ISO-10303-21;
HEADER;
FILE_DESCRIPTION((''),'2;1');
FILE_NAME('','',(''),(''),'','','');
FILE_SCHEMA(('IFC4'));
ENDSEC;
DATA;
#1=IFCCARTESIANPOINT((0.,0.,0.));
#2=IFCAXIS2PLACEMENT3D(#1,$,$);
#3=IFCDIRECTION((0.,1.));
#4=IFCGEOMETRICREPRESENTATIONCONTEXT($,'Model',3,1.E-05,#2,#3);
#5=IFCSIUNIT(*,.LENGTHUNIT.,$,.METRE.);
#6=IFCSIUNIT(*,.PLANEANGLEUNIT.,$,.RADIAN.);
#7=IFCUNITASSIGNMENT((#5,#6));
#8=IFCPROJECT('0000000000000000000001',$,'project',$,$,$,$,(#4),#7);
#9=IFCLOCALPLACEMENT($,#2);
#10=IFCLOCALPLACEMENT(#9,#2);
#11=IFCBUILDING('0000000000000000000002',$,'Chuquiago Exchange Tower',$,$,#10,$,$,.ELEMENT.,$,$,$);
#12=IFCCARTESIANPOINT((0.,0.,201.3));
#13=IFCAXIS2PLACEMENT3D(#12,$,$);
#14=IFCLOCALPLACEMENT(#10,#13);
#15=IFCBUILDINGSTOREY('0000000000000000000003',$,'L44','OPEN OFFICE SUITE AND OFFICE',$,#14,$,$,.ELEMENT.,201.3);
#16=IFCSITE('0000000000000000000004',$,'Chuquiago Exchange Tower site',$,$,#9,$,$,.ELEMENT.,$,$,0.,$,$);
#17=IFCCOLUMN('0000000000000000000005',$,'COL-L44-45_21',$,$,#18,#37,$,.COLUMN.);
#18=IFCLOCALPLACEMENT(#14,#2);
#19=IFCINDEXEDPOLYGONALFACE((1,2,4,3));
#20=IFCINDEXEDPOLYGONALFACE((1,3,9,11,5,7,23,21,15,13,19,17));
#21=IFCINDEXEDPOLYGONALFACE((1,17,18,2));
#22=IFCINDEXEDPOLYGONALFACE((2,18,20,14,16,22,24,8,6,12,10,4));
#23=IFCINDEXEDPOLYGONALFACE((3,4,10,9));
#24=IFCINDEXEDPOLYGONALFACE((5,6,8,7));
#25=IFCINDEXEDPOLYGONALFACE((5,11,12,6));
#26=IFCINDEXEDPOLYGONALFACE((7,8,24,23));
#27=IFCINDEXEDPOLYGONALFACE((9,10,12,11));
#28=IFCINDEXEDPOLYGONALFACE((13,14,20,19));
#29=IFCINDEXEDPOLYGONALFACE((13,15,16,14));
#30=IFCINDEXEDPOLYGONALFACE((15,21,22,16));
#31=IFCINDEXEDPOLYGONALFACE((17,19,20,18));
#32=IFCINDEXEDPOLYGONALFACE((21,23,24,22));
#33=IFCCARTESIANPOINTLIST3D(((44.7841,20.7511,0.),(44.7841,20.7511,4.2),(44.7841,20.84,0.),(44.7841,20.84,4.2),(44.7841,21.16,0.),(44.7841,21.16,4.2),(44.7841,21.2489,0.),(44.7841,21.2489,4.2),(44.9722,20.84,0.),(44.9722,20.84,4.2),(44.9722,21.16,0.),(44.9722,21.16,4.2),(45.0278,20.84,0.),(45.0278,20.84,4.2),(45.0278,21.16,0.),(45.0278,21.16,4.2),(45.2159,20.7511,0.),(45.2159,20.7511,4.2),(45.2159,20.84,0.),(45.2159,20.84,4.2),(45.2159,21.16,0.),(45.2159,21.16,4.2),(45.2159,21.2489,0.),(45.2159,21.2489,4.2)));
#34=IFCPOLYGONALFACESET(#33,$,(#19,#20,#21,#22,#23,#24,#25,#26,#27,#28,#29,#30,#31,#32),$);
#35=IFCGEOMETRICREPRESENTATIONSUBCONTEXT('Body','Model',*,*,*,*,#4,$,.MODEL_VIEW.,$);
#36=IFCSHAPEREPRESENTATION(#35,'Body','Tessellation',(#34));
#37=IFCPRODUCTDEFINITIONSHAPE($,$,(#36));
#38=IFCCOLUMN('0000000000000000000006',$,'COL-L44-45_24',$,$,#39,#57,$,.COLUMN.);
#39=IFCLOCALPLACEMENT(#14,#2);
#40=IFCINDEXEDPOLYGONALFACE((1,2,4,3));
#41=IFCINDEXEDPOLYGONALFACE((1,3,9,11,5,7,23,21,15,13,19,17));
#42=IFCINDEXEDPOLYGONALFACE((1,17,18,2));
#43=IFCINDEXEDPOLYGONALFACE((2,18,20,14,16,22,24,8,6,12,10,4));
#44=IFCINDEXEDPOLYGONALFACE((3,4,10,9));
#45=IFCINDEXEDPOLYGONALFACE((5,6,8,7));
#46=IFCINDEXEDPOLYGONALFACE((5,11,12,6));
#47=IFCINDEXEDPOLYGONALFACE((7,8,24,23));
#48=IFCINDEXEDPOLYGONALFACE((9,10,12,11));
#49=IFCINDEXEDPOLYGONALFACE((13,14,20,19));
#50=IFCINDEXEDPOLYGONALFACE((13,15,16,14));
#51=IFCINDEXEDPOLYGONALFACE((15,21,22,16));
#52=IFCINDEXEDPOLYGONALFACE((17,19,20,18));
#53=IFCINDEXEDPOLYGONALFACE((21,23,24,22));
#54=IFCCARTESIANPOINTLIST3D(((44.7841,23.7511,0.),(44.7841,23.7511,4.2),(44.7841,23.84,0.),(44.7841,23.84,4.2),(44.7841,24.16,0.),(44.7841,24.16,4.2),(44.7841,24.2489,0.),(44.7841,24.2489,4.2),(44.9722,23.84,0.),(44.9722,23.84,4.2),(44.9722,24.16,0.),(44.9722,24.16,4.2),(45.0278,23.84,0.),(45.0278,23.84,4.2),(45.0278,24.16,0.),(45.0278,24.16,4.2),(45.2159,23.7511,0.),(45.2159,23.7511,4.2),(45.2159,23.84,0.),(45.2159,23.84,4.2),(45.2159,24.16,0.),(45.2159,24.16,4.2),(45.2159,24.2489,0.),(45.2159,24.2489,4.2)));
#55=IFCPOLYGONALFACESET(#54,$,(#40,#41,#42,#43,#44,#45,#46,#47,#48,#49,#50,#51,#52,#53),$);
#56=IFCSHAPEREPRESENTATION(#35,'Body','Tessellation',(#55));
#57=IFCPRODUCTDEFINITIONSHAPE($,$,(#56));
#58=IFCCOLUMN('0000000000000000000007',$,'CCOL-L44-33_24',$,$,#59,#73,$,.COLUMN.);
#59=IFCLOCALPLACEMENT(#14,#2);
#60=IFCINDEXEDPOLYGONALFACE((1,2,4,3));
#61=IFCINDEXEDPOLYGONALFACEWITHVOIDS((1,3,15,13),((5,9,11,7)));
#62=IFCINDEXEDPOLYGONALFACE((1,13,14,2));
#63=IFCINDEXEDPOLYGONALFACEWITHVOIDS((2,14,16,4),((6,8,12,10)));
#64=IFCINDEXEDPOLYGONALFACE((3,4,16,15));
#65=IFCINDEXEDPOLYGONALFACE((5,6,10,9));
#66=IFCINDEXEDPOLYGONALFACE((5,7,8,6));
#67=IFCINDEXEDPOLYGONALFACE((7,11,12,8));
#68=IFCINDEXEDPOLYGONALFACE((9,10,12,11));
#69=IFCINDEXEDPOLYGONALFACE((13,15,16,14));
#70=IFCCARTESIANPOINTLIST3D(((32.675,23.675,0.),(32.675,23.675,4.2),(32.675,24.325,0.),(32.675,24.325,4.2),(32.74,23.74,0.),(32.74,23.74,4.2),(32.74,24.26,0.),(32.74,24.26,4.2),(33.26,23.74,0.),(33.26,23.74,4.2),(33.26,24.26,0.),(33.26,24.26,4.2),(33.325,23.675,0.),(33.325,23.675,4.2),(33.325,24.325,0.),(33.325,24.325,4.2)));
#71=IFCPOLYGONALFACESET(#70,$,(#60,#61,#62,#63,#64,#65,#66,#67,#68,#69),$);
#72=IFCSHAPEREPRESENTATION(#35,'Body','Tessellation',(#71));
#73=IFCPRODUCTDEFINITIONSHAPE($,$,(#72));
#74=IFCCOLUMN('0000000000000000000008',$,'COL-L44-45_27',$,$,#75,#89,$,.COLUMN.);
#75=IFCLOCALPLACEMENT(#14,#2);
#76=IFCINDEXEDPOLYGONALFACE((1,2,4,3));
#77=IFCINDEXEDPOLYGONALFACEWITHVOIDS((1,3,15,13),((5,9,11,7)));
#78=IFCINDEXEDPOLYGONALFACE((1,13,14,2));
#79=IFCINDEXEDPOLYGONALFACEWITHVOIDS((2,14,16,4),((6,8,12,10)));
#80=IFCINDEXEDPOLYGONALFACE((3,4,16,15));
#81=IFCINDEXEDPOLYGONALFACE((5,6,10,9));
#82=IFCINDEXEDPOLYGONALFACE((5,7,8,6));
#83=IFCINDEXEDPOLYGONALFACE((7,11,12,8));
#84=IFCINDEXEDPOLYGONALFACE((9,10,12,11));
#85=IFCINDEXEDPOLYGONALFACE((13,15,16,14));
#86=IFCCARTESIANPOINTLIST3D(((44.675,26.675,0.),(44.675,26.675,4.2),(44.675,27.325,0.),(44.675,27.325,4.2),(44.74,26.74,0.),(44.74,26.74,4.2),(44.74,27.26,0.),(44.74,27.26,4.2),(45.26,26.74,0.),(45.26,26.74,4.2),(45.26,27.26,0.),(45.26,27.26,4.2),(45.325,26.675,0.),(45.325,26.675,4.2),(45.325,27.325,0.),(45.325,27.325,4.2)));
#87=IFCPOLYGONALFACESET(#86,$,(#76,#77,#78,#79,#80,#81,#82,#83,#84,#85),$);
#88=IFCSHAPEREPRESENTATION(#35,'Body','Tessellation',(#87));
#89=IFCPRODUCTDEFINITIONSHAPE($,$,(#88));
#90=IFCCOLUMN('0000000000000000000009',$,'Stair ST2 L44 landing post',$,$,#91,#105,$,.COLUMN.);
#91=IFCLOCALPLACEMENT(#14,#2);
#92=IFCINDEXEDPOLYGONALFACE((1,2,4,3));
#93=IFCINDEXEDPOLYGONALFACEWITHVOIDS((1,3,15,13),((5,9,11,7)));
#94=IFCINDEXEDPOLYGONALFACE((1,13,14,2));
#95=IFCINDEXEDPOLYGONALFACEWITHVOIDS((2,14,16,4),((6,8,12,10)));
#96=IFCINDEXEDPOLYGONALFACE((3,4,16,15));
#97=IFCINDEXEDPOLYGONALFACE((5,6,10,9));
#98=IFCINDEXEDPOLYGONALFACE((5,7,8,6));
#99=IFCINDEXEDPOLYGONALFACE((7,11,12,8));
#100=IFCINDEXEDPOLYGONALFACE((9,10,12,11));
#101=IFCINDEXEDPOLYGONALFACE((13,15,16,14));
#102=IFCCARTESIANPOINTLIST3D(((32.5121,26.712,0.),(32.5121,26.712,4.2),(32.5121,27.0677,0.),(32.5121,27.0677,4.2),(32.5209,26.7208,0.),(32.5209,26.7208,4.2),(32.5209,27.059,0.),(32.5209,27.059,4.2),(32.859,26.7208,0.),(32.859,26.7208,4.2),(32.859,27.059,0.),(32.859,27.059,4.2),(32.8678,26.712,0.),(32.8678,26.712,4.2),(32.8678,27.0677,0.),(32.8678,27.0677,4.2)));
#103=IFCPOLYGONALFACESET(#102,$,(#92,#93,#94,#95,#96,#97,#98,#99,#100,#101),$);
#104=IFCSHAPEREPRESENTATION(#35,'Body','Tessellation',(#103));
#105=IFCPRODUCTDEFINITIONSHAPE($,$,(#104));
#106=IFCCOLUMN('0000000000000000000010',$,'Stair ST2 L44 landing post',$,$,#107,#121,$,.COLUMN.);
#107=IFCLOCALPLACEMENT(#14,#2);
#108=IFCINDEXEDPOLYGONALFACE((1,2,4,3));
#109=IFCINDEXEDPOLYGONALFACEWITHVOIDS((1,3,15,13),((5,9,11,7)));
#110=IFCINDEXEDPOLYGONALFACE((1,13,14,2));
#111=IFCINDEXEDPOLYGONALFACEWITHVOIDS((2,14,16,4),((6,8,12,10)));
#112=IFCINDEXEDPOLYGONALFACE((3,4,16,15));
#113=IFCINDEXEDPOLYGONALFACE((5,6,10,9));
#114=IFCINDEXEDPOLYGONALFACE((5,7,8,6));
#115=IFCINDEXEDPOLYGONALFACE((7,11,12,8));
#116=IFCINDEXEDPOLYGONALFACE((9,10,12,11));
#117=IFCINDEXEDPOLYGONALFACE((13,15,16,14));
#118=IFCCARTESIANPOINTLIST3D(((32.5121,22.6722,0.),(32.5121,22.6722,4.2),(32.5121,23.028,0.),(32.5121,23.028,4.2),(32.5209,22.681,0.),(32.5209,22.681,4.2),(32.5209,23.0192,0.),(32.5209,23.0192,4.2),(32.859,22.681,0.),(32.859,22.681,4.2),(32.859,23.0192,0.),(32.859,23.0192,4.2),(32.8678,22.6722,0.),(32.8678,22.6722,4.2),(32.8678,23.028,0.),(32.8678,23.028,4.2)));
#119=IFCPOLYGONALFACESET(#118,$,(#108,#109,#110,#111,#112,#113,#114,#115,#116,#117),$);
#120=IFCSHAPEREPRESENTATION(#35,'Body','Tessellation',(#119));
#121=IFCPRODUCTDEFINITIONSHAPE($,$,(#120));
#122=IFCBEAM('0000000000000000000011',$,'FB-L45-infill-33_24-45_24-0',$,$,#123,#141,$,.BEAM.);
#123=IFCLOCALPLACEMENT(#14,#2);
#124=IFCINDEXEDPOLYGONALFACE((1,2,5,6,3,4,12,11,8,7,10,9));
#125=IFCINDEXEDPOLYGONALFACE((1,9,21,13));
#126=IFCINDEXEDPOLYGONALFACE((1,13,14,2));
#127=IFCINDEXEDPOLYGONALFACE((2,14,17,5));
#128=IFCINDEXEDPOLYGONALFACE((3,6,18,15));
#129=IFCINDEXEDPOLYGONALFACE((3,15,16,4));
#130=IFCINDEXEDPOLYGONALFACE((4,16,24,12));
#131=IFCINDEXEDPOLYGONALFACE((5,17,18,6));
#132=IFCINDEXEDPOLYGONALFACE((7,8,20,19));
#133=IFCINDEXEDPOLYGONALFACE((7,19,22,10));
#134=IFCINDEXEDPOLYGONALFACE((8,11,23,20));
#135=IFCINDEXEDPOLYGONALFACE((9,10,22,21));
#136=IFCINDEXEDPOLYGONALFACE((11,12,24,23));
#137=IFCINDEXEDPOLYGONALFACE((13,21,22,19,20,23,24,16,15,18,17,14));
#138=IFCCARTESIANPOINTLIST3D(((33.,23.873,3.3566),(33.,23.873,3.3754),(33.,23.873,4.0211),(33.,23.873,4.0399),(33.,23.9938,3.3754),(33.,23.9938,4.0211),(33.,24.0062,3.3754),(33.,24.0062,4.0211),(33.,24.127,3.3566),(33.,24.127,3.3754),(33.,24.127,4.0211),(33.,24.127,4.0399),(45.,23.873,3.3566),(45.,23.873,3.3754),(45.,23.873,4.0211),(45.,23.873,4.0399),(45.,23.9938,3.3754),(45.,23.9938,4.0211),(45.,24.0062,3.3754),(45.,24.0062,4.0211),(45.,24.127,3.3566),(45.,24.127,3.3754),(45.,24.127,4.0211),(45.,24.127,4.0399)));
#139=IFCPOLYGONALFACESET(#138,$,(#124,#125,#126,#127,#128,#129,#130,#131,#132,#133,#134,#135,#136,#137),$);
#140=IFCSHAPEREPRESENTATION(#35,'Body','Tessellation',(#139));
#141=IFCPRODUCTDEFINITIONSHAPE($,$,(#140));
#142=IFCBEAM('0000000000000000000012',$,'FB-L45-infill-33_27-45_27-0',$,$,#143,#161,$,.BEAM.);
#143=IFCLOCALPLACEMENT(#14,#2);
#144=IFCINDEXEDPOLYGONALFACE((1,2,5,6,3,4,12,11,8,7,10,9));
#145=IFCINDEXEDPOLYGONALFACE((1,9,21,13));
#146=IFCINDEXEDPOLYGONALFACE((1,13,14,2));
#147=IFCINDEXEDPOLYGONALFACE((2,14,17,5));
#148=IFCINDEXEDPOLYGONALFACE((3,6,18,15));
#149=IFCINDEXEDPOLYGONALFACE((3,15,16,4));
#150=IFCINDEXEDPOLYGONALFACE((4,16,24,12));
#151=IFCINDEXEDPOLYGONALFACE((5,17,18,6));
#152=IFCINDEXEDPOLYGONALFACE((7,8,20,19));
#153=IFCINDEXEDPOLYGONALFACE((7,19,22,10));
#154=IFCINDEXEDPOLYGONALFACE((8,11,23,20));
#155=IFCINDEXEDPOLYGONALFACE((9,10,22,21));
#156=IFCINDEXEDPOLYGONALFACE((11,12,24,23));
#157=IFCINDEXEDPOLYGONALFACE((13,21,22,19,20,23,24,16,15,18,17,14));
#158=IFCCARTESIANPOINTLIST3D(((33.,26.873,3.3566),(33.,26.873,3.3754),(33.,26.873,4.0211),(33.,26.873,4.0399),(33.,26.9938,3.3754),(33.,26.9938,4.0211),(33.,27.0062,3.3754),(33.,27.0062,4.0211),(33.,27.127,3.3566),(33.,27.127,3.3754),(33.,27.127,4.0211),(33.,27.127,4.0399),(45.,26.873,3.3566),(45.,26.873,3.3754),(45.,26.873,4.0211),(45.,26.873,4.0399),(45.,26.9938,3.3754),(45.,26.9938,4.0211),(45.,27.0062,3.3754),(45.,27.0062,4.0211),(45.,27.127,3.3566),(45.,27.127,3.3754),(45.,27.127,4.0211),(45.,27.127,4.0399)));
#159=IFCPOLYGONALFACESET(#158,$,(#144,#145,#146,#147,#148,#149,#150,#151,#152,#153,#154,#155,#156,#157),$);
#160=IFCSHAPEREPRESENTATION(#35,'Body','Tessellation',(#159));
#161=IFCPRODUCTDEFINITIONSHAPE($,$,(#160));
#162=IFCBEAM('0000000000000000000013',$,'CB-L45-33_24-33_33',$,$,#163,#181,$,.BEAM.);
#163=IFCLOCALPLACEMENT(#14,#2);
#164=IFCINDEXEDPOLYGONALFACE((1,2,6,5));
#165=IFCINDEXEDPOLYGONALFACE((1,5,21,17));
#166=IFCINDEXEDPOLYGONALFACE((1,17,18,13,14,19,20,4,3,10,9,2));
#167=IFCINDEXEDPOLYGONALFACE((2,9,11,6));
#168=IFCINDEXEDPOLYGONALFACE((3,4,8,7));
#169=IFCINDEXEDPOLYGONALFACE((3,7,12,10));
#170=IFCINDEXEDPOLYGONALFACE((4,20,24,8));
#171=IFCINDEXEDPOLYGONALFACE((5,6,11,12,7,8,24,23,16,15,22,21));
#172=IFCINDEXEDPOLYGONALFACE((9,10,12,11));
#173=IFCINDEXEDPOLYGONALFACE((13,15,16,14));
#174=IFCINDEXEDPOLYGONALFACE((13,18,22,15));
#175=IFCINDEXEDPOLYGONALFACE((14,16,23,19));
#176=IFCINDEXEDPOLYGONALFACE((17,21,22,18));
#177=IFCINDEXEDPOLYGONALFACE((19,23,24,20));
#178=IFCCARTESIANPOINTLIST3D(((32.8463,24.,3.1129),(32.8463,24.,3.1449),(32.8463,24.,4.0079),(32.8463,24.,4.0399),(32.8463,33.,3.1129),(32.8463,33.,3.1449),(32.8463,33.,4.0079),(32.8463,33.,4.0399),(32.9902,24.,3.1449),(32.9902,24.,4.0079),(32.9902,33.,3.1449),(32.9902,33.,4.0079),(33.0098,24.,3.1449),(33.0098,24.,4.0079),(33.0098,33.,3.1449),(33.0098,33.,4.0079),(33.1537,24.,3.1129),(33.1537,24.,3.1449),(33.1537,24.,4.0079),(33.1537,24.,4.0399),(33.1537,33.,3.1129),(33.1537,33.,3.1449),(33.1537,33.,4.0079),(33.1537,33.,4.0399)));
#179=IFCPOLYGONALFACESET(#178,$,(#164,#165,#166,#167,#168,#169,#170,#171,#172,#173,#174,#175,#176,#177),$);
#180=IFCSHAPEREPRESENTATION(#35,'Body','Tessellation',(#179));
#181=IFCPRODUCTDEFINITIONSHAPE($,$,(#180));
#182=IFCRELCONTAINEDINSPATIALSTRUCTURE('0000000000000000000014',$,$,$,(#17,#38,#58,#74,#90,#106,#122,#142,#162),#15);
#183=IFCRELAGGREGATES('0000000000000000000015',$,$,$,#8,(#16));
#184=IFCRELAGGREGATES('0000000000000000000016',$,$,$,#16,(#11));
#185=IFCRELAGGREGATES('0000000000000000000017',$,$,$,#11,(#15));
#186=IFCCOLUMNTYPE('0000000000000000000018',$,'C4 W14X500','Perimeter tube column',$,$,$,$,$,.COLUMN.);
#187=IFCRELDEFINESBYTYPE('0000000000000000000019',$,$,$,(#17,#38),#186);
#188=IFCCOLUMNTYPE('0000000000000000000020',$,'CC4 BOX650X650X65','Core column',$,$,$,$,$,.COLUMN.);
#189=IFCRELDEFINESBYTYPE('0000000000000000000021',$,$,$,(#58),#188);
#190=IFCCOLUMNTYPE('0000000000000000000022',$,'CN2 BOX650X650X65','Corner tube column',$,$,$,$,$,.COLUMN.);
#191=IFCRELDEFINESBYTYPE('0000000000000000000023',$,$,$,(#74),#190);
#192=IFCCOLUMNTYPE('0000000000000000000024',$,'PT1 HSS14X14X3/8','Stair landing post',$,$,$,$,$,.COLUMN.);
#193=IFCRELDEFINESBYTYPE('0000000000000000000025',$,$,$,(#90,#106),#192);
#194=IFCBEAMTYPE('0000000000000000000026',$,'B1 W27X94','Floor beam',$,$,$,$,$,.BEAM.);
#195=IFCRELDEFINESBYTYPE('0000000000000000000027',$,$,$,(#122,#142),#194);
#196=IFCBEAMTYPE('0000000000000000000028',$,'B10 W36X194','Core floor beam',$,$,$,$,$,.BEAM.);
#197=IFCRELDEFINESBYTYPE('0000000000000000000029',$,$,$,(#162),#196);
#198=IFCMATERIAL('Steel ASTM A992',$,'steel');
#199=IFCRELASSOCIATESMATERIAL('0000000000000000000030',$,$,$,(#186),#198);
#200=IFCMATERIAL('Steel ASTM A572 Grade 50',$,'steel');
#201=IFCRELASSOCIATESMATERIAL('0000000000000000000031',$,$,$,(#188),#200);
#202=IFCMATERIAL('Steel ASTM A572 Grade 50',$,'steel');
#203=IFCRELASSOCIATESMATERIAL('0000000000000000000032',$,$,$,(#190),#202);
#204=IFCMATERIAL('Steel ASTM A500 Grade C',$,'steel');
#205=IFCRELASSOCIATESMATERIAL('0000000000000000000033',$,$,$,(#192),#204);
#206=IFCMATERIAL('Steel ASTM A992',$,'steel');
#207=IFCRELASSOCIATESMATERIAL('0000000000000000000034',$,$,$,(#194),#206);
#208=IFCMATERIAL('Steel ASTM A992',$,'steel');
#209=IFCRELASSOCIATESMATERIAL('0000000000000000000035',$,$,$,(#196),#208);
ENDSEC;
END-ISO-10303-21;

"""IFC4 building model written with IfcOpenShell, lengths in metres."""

from ifc_helpers import new_model, si_unit, direction, frame, origin, origin_2d, place, context, subcontext, project, spatial, hollow_rectangle, i_section, extrude, material, material_profile, profile_set, type_object, element, save


model = new_model("IFC4")

# Units and contexts
model_context = context("Model", 3, precision=1e-05, world=origin(), true_north=direction((0.0, 1.0)))
body_context = subcontext(model_context, "Body", "Model", "MODEL_VIEW")
ifc_project = project(units=[si_unit("LENGTHUNIT", "METRE"), si_unit("PLANEANGLEUNIT", "RADIAN")], contexts=[model_context])

# Site, building, storey
site_placement = place(None, origin())
site = spatial("IfcSite", under=ifc_project, at=site_placement, Name="Chuquiago Exchange Tower site", CompositionType="ELEMENT", RefElevation=0.0)
building_placement = place(site_placement, origin())
building = spatial("IfcBuilding", under=site, at=building_placement, Name="Chuquiago Exchange Tower", CompositionType="ELEMENT")
storey_placement = place(building_placement, frame((0.0, 0.0, 201.3)))
storey = spatial("IfcBuildingStorey", under=building, at=storey_placement, Name="L44", Description="OPEN OFFICE SUITE AND OFFICE", CompositionType="ELEMENT", Elevation=201.3)

# Columns
ifc_material_1 = material(Name="Steel ASTM A992", Category="steel")
ifc_material_profile_1 = material_profile(ifc_material_1, i_section(OverallWidth=0.4319, OverallDepth=0.4978, WebThickness=0.0557, FlangeThickness=0.0889, at=origin_2d()), Name="W14X500")
ifc_profile_set_1 = profile_set([ifc_material_profile_1], Name="Steel ASTM A992")
column_type_1 = type_object("IfcColumnType", Name="C4 W14X500", Description="Perimeter tube column", PredefinedType="COLUMN", material=ifc_profile_set_1)
for number, where, z_axis, x_axis, name in (
    (1, (45.0, 21.0, 0.0), (0.0, 0.0, 1.0), (1.0, 0.0, 0.0), "COL-L44-45_21"),
    (2, (45.0, 24.0, 0.0), (0.0, 0.0, 1.0), (1.0, 0.0, 0.0), "COL-L44-45_24"),
):
    element("IfcColumn", number, at=place(storey_placement, frame(where, z_axis=z_axis, x_axis=x_axis)), inside=storey, type_object=column_type_1, Name=name, PredefinedType="COLUMN", context=body_context, shape_type="SweptSolid", body=[
        extrude(i_section(OverallWidth=0.4319, OverallDepth=0.4978, WebThickness=0.0557, FlangeThickness=0.0889, at=origin_2d()), origin(), (0.0, 0.0, 1.0), 4.2),
    ])
ifc_material_2 = material(Name="Steel ASTM A572 Grade 50", Category="steel")
ifc_material_profile_2 = material_profile(ifc_material_2, hollow_rectangle(XDim=0.6499, YDim=0.6499, WallThickness=0.0649, at=origin_2d()), Name="BOX650X650X65")
ifc_profile_set_2 = profile_set([ifc_material_profile_2], Name="Steel ASTM A572 Grade 50")
column_type_2 = type_object("IfcColumnType", Name="CC4 BOX650X650X65", Description="Core column", PredefinedType="COLUMN", material=ifc_profile_set_2)
column_1_placement = place(storey_placement, frame((33.0, 24.0, 0.0), z_axis=(0.0, 0.0, 1.0), x_axis=(1.0, 0.0, 0.0)))
element("IfcColumn", 3, at=column_1_placement, inside=storey, type_object=column_type_2, Name="CCOL-L44-33_24", PredefinedType="COLUMN", context=body_context, shape_type="SweptSolid", body=[
    extrude(hollow_rectangle(XDim=0.6499, YDim=0.6499, WallThickness=0.0649, at=origin_2d()), origin(), (0.0, 0.0, 1.0), 4.2),
])
ifc_material_3 = material(Name="Steel ASTM A572 Grade 50", Category="steel")
ifc_material_profile_3 = material_profile(ifc_material_3, hollow_rectangle(XDim=0.6499, YDim=0.6499, WallThickness=0.0649, at=origin_2d()), Name="BOX650X650X65")
ifc_profile_set_3 = profile_set([ifc_material_profile_3], Name="Steel ASTM A572 Grade 50")
column_type_3 = type_object("IfcColumnType", Name="CN2 BOX650X650X65", Description="Corner tube column", PredefinedType="COLUMN", material=ifc_profile_set_3)
column_2_placement = place(storey_placement, frame((45.0, 27.0, 0.0), z_axis=(0.0, 0.0, 1.0), x_axis=(1.0, 0.0, 0.0)))
element("IfcColumn", 4, at=column_2_placement, inside=storey, type_object=column_type_3, Name="COL-L44-45_27", PredefinedType="COLUMN", context=body_context, shape_type="SweptSolid", body=[
    extrude(hollow_rectangle(XDim=0.6499, YDim=0.6499, WallThickness=0.0649, at=origin_2d()), origin(), (0.0, 0.0, 1.0), 4.2),
])
ifc_material_4 = material(Name="Steel ASTM A500 Grade C", Category="steel")
ifc_material_profile_4 = material_profile(ifc_material_4, hollow_rectangle(XDim=0.3557, YDim=0.3557, WallThickness=0.0088, at=origin_2d()), Name="HSS14X14X3/8")
ifc_profile_set_4 = profile_set([ifc_material_profile_4], Name="Steel ASTM A500 Grade C")
column_type_4 = type_object("IfcColumnType", Name="PT1 HSS14X14X3/8", Description="Stair landing post", PredefinedType="COLUMN", material=ifc_profile_set_4)
for number, where, z_axis, x_axis, name in (
    (5, (32.6899, 26.8899, 0.0), (0.0, 0.0, 1.0), (1.0, 0.0, 0.0), "Stair ST2 L44 landing post"),
    (6, (32.6899, 22.8501, 0.0), (0.0, 0.0, 1.0), (1.0, 0.0, 0.0), "Stair ST2 L44 landing post"),
):
    element("IfcColumn", number, at=place(storey_placement, frame(where, z_axis=z_axis, x_axis=x_axis)), inside=storey, type_object=column_type_4, Name=name, PredefinedType="COLUMN", context=body_context, shape_type="SweptSolid", body=[
        extrude(hollow_rectangle(XDim=0.3557, YDim=0.3557, WallThickness=0.0088, at=origin_2d()), origin(), (0.0, 0.0, 1.0), 4.2),
    ])

# Beams
ifc_material_5 = material(Name="Steel ASTM A992", Category="steel")
ifc_material_profile_5 = material_profile(ifc_material_5, i_section(OverallWidth=0.2539, OverallDepth=0.6833, WebThickness=0.0125, FlangeThickness=0.0188, at=origin_2d()), Name="W27X94")
ifc_profile_set_5 = profile_set([ifc_material_profile_5], Name="Steel ASTM A992")
beam_type_1 = type_object("IfcBeamType", Name="B1 W27X94", Description="Floor beam", PredefinedType="BEAM", material=ifc_profile_set_5)
for number, where, z_axis, x_axis, name in (
    (7, (33.0, 24.0, 3.6982), (1.0, 0.0, 0.0), (0.0, 1.0, 0.0), "FB-L45-infill-33_24-45_24-0"),
    (8, (33.0, 27.0, 3.6982), (1.0, 0.0, 0.0), (0.0, 1.0, 0.0), "FB-L45-infill-33_27-45_27-0"),
):
    element("IfcBeam", number, at=place(storey_placement, frame(where, z_axis=z_axis, x_axis=x_axis)), inside=storey, type_object=beam_type_1, Name=name, PredefinedType="BEAM", context=body_context, shape_type="SweptSolid", body=[
        extrude(i_section(OverallWidth=0.2539, OverallDepth=0.6833, WebThickness=0.0125, FlangeThickness=0.0188, at=origin_2d()), origin(), (0.0, 0.0, 1.0), 12.0),
    ])
ifc_material_6 = material(Name="Steel ASTM A992", Category="steel")
ifc_material_profile_6 = material_profile(ifc_material_6, i_section(OverallWidth=0.3074, OverallDepth=0.927, WebThickness=0.0195, FlangeThickness=0.032, at=origin_2d()), Name="W36X194")
ifc_profile_set_6 = profile_set([ifc_material_profile_6], Name="Steel ASTM A992")
beam_type_2 = type_object("IfcBeamType", Name="B10 W36X194", Description="Core floor beam", PredefinedType="BEAM", material=ifc_profile_set_6)
beam_1_placement = place(storey_placement, frame((33.0, 24.0, 3.5764), z_axis=(0.0, 1.0, 0.0), x_axis=(-1.0, 0.0, 0.0)))
element("IfcBeam", 9, at=beam_1_placement, inside=storey, type_object=beam_type_2, Name="CB-L45-33_24-33_33", PredefinedType="BEAM", context=body_context, shape_type="SweptSolid", body=[
    extrude(i_section(OverallWidth=0.3074, OverallDepth=0.927, WebThickness=0.0195, FlangeThickness=0.032, at=origin_2d()), origin(), (0.0, 0.0, 1.0), 9.0),
])

save(model, "model.ifc")
